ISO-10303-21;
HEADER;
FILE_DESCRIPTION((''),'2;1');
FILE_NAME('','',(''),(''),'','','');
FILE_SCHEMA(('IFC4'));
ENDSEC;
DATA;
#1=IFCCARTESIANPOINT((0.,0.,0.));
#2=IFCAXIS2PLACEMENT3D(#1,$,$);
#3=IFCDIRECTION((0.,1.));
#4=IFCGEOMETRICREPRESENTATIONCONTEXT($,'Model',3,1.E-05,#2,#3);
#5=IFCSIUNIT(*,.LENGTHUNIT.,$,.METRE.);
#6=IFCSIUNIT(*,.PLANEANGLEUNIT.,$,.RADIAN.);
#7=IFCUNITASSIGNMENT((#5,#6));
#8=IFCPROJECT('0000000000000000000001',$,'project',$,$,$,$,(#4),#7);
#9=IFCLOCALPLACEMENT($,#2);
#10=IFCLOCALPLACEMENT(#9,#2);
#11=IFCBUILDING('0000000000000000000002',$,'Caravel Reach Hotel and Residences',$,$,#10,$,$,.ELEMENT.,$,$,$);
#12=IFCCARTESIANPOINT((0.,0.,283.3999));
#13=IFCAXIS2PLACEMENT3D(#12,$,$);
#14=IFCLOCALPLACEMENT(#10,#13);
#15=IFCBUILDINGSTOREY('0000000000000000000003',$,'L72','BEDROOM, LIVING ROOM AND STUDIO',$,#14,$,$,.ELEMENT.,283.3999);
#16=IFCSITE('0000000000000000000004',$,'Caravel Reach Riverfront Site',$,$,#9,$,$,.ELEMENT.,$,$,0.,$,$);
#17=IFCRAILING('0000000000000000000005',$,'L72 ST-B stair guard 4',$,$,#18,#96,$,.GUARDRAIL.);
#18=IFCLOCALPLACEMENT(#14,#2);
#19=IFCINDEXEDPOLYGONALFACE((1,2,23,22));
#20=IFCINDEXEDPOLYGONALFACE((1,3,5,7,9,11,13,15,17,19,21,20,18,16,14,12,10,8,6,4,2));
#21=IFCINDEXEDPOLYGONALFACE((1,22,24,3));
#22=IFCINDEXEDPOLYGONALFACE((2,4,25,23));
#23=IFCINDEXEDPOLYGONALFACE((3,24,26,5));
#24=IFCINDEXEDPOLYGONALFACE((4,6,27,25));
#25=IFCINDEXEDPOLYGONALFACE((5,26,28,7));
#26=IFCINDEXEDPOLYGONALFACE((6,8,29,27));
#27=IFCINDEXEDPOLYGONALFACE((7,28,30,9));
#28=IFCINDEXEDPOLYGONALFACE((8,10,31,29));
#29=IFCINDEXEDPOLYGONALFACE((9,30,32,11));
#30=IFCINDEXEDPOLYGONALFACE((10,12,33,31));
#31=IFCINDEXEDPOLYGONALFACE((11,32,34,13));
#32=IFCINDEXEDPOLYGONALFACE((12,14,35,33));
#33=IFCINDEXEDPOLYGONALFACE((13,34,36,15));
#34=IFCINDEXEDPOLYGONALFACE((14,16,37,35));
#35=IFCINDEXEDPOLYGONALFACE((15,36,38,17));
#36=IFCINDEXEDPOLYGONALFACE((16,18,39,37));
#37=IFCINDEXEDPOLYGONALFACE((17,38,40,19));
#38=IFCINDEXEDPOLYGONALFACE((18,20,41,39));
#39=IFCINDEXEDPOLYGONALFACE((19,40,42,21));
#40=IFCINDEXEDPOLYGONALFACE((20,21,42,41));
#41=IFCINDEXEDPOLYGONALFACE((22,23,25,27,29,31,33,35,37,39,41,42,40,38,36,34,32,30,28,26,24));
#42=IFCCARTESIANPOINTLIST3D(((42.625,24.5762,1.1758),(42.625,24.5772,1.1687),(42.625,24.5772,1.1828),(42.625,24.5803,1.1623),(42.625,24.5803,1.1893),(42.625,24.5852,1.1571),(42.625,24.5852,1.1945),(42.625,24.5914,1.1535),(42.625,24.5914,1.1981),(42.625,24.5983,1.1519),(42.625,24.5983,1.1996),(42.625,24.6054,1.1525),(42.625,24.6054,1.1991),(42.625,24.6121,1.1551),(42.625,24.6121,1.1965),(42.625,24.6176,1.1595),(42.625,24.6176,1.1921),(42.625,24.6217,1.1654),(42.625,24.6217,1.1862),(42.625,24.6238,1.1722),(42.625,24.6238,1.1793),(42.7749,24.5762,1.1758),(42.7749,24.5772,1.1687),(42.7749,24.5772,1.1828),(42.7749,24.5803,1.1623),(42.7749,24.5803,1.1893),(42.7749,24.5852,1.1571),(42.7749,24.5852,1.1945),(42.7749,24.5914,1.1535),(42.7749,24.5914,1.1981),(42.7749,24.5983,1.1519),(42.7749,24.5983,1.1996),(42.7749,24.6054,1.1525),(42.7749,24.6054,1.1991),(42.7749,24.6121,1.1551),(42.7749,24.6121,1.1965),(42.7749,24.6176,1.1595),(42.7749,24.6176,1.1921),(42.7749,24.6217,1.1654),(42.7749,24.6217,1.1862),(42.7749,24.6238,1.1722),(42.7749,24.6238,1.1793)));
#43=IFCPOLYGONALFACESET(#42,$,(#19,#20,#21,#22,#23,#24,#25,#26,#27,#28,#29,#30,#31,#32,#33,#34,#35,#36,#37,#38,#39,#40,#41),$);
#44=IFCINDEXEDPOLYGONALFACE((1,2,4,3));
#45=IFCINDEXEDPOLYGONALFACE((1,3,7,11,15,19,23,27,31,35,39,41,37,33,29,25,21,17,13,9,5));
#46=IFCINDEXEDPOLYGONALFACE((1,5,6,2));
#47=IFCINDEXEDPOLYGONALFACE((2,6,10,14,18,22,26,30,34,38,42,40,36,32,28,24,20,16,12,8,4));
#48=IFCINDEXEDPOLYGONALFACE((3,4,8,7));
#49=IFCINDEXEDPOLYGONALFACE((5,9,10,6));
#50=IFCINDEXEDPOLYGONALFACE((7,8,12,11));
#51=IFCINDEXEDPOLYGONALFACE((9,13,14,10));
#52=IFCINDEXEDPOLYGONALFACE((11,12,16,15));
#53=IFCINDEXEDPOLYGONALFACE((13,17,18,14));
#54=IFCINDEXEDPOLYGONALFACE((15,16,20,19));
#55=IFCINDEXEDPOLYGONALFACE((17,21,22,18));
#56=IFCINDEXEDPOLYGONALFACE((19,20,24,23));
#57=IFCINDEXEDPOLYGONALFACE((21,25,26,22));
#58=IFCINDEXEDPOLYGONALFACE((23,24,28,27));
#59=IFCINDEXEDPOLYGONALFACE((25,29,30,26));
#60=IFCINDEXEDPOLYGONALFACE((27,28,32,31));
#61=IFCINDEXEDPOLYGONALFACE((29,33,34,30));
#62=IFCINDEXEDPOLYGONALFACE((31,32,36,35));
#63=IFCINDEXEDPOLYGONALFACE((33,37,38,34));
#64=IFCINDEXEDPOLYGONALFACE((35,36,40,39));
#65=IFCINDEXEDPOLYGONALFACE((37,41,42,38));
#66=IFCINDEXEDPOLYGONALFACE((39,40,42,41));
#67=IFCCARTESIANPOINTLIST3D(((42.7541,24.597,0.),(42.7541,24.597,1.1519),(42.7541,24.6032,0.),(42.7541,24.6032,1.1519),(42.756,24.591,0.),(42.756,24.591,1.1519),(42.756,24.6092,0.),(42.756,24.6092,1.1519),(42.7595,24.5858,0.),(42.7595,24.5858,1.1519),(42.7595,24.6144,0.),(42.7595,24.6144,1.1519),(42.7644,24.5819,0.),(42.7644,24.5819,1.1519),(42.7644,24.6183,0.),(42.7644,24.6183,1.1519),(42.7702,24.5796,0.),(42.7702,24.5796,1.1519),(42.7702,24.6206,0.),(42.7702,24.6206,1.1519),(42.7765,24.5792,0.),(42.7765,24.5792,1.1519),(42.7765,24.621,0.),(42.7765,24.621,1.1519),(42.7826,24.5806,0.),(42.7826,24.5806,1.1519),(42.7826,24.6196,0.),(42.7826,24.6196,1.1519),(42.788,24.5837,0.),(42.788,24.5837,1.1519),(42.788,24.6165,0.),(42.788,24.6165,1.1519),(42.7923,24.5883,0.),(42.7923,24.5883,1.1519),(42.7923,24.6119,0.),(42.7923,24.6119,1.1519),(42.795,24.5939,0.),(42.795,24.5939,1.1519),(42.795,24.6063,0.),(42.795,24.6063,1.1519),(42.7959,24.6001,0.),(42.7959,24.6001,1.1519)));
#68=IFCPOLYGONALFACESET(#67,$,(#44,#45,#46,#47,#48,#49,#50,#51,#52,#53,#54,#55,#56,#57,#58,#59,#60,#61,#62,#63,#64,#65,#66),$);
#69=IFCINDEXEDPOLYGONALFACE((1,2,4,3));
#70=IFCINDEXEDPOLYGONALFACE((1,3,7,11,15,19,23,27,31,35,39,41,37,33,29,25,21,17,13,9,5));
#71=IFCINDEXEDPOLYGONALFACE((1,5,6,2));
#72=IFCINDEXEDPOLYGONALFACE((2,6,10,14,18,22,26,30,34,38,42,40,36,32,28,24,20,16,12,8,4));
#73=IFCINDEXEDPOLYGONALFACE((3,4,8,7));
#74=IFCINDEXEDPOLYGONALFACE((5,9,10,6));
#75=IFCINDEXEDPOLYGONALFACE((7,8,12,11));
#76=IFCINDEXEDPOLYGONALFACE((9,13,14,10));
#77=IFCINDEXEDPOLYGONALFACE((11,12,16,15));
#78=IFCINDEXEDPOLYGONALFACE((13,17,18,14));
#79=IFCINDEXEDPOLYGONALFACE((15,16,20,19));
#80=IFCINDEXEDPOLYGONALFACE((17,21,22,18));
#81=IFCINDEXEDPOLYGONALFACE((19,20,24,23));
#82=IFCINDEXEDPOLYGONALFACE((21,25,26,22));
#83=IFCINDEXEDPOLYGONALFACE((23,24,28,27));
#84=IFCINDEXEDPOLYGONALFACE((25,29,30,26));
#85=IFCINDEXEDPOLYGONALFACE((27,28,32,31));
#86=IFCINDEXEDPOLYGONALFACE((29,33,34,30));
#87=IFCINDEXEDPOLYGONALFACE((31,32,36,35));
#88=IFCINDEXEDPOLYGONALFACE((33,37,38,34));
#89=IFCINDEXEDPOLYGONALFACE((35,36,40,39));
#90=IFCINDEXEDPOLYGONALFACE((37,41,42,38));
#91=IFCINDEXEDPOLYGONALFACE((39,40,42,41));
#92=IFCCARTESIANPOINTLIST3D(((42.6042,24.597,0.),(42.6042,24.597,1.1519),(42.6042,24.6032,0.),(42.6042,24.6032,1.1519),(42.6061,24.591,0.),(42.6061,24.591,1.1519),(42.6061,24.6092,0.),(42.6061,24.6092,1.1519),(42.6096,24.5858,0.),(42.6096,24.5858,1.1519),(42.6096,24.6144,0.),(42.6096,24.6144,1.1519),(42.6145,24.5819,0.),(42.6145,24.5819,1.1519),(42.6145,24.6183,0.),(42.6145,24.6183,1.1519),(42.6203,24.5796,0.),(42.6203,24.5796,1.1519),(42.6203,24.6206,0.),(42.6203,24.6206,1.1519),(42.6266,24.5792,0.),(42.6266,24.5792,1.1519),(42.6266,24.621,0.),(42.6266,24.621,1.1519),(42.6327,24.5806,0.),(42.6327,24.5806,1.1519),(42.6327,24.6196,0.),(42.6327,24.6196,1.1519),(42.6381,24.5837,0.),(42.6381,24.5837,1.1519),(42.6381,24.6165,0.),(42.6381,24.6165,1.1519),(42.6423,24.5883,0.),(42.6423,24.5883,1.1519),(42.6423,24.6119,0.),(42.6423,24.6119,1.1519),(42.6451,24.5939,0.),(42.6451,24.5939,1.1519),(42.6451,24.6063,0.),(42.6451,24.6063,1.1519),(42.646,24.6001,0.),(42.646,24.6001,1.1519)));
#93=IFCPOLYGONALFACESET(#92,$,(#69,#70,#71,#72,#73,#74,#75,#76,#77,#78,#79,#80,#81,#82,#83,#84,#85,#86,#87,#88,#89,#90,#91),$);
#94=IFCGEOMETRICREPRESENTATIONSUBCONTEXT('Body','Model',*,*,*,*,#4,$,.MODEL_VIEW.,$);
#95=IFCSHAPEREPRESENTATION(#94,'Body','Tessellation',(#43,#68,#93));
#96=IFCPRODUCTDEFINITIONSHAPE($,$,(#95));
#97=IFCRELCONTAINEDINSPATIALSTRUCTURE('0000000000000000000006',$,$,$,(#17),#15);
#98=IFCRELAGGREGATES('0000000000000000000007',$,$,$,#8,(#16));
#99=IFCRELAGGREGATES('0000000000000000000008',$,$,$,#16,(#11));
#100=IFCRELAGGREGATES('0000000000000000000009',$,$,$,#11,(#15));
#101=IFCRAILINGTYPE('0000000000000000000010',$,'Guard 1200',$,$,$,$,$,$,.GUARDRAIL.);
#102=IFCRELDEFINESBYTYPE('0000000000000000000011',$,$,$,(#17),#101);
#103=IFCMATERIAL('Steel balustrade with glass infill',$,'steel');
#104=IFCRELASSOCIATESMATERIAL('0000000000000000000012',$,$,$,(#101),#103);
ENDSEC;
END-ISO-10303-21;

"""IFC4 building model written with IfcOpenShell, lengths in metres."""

from ifc_helpers import new_model, si_unit, direction, frame, origin, origin_2d, place, context, subcontext, project, spatial, circle, extrude, material, type_object, element, save


model = new_model("IFC4")

# Units and contexts
model_context = context("Model", 3, precision=1e-05, world=origin(), true_north=direction((0.0, 1.0)))
body_context = subcontext(model_context, "Body", "Model", "MODEL_VIEW")
ifc_project = project(units=[si_unit("LENGTHUNIT", "METRE"), si_unit("PLANEANGLEUNIT", "RADIAN")], contexts=[model_context])

# Site, building, storey
site_placement = place(None, origin())
site = spatial("IfcSite", under=ifc_project, at=site_placement, Name="Caravel Reach Riverfront Site", CompositionType="ELEMENT", RefElevation=0.0)
building_placement = place(site_placement, origin())
building = spatial("IfcBuilding", under=site, at=building_placement, Name="Caravel Reach Hotel and Residences", CompositionType="ELEMENT")
storey_placement = place(building_placement, frame((0.0, 0.0, 283.3999)))
storey = spatial("IfcBuildingStorey", under=building, at=storey_placement, Name="L72", Description="BEDROOM, LIVING ROOM AND STUDIO", CompositionType="ELEMENT", Elevation=283.3999)

# Railing
ifc_material_1 = material(Name="Steel balustrade with glass infill", Category="steel")
railing_type_1 = type_object("IfcRailingType", Name="Guard 1200", PredefinedType="GUARDRAIL", material=ifc_material_1)
railing_1_placement = place(storey_placement, frame((42.7749, 24.6001, 0.0)))
element("IfcRailing", 1, at=railing_1_placement, inside=storey, type_object=railing_type_1, Name="L72 ST-B stair guard 4", PredefinedType="GUARDRAIL", context=body_context, shape_type="SweptSolid", body=[
    extrude(circle(Radius=0.0239, at=origin_2d()), frame((0.0, 0.0, 1.1758), z_axis=(-1.0, 0.0, 0.0), x_axis=(0.0, -1.0, 0.0)), (0.0, 0.0, 1.0), 0.1499),
    extrude(circle(Radius=0.021, at=origin_2d()), origin(), (0.0, 0.0, 1.0), 1.1519),
    extrude(circle(Radius=0.021, at=origin_2d()), frame((-0.1499, 0.0, 0.0)), (0.0, 0.0, 1.0), 1.1519),
])

save(model, "model.ifc")
